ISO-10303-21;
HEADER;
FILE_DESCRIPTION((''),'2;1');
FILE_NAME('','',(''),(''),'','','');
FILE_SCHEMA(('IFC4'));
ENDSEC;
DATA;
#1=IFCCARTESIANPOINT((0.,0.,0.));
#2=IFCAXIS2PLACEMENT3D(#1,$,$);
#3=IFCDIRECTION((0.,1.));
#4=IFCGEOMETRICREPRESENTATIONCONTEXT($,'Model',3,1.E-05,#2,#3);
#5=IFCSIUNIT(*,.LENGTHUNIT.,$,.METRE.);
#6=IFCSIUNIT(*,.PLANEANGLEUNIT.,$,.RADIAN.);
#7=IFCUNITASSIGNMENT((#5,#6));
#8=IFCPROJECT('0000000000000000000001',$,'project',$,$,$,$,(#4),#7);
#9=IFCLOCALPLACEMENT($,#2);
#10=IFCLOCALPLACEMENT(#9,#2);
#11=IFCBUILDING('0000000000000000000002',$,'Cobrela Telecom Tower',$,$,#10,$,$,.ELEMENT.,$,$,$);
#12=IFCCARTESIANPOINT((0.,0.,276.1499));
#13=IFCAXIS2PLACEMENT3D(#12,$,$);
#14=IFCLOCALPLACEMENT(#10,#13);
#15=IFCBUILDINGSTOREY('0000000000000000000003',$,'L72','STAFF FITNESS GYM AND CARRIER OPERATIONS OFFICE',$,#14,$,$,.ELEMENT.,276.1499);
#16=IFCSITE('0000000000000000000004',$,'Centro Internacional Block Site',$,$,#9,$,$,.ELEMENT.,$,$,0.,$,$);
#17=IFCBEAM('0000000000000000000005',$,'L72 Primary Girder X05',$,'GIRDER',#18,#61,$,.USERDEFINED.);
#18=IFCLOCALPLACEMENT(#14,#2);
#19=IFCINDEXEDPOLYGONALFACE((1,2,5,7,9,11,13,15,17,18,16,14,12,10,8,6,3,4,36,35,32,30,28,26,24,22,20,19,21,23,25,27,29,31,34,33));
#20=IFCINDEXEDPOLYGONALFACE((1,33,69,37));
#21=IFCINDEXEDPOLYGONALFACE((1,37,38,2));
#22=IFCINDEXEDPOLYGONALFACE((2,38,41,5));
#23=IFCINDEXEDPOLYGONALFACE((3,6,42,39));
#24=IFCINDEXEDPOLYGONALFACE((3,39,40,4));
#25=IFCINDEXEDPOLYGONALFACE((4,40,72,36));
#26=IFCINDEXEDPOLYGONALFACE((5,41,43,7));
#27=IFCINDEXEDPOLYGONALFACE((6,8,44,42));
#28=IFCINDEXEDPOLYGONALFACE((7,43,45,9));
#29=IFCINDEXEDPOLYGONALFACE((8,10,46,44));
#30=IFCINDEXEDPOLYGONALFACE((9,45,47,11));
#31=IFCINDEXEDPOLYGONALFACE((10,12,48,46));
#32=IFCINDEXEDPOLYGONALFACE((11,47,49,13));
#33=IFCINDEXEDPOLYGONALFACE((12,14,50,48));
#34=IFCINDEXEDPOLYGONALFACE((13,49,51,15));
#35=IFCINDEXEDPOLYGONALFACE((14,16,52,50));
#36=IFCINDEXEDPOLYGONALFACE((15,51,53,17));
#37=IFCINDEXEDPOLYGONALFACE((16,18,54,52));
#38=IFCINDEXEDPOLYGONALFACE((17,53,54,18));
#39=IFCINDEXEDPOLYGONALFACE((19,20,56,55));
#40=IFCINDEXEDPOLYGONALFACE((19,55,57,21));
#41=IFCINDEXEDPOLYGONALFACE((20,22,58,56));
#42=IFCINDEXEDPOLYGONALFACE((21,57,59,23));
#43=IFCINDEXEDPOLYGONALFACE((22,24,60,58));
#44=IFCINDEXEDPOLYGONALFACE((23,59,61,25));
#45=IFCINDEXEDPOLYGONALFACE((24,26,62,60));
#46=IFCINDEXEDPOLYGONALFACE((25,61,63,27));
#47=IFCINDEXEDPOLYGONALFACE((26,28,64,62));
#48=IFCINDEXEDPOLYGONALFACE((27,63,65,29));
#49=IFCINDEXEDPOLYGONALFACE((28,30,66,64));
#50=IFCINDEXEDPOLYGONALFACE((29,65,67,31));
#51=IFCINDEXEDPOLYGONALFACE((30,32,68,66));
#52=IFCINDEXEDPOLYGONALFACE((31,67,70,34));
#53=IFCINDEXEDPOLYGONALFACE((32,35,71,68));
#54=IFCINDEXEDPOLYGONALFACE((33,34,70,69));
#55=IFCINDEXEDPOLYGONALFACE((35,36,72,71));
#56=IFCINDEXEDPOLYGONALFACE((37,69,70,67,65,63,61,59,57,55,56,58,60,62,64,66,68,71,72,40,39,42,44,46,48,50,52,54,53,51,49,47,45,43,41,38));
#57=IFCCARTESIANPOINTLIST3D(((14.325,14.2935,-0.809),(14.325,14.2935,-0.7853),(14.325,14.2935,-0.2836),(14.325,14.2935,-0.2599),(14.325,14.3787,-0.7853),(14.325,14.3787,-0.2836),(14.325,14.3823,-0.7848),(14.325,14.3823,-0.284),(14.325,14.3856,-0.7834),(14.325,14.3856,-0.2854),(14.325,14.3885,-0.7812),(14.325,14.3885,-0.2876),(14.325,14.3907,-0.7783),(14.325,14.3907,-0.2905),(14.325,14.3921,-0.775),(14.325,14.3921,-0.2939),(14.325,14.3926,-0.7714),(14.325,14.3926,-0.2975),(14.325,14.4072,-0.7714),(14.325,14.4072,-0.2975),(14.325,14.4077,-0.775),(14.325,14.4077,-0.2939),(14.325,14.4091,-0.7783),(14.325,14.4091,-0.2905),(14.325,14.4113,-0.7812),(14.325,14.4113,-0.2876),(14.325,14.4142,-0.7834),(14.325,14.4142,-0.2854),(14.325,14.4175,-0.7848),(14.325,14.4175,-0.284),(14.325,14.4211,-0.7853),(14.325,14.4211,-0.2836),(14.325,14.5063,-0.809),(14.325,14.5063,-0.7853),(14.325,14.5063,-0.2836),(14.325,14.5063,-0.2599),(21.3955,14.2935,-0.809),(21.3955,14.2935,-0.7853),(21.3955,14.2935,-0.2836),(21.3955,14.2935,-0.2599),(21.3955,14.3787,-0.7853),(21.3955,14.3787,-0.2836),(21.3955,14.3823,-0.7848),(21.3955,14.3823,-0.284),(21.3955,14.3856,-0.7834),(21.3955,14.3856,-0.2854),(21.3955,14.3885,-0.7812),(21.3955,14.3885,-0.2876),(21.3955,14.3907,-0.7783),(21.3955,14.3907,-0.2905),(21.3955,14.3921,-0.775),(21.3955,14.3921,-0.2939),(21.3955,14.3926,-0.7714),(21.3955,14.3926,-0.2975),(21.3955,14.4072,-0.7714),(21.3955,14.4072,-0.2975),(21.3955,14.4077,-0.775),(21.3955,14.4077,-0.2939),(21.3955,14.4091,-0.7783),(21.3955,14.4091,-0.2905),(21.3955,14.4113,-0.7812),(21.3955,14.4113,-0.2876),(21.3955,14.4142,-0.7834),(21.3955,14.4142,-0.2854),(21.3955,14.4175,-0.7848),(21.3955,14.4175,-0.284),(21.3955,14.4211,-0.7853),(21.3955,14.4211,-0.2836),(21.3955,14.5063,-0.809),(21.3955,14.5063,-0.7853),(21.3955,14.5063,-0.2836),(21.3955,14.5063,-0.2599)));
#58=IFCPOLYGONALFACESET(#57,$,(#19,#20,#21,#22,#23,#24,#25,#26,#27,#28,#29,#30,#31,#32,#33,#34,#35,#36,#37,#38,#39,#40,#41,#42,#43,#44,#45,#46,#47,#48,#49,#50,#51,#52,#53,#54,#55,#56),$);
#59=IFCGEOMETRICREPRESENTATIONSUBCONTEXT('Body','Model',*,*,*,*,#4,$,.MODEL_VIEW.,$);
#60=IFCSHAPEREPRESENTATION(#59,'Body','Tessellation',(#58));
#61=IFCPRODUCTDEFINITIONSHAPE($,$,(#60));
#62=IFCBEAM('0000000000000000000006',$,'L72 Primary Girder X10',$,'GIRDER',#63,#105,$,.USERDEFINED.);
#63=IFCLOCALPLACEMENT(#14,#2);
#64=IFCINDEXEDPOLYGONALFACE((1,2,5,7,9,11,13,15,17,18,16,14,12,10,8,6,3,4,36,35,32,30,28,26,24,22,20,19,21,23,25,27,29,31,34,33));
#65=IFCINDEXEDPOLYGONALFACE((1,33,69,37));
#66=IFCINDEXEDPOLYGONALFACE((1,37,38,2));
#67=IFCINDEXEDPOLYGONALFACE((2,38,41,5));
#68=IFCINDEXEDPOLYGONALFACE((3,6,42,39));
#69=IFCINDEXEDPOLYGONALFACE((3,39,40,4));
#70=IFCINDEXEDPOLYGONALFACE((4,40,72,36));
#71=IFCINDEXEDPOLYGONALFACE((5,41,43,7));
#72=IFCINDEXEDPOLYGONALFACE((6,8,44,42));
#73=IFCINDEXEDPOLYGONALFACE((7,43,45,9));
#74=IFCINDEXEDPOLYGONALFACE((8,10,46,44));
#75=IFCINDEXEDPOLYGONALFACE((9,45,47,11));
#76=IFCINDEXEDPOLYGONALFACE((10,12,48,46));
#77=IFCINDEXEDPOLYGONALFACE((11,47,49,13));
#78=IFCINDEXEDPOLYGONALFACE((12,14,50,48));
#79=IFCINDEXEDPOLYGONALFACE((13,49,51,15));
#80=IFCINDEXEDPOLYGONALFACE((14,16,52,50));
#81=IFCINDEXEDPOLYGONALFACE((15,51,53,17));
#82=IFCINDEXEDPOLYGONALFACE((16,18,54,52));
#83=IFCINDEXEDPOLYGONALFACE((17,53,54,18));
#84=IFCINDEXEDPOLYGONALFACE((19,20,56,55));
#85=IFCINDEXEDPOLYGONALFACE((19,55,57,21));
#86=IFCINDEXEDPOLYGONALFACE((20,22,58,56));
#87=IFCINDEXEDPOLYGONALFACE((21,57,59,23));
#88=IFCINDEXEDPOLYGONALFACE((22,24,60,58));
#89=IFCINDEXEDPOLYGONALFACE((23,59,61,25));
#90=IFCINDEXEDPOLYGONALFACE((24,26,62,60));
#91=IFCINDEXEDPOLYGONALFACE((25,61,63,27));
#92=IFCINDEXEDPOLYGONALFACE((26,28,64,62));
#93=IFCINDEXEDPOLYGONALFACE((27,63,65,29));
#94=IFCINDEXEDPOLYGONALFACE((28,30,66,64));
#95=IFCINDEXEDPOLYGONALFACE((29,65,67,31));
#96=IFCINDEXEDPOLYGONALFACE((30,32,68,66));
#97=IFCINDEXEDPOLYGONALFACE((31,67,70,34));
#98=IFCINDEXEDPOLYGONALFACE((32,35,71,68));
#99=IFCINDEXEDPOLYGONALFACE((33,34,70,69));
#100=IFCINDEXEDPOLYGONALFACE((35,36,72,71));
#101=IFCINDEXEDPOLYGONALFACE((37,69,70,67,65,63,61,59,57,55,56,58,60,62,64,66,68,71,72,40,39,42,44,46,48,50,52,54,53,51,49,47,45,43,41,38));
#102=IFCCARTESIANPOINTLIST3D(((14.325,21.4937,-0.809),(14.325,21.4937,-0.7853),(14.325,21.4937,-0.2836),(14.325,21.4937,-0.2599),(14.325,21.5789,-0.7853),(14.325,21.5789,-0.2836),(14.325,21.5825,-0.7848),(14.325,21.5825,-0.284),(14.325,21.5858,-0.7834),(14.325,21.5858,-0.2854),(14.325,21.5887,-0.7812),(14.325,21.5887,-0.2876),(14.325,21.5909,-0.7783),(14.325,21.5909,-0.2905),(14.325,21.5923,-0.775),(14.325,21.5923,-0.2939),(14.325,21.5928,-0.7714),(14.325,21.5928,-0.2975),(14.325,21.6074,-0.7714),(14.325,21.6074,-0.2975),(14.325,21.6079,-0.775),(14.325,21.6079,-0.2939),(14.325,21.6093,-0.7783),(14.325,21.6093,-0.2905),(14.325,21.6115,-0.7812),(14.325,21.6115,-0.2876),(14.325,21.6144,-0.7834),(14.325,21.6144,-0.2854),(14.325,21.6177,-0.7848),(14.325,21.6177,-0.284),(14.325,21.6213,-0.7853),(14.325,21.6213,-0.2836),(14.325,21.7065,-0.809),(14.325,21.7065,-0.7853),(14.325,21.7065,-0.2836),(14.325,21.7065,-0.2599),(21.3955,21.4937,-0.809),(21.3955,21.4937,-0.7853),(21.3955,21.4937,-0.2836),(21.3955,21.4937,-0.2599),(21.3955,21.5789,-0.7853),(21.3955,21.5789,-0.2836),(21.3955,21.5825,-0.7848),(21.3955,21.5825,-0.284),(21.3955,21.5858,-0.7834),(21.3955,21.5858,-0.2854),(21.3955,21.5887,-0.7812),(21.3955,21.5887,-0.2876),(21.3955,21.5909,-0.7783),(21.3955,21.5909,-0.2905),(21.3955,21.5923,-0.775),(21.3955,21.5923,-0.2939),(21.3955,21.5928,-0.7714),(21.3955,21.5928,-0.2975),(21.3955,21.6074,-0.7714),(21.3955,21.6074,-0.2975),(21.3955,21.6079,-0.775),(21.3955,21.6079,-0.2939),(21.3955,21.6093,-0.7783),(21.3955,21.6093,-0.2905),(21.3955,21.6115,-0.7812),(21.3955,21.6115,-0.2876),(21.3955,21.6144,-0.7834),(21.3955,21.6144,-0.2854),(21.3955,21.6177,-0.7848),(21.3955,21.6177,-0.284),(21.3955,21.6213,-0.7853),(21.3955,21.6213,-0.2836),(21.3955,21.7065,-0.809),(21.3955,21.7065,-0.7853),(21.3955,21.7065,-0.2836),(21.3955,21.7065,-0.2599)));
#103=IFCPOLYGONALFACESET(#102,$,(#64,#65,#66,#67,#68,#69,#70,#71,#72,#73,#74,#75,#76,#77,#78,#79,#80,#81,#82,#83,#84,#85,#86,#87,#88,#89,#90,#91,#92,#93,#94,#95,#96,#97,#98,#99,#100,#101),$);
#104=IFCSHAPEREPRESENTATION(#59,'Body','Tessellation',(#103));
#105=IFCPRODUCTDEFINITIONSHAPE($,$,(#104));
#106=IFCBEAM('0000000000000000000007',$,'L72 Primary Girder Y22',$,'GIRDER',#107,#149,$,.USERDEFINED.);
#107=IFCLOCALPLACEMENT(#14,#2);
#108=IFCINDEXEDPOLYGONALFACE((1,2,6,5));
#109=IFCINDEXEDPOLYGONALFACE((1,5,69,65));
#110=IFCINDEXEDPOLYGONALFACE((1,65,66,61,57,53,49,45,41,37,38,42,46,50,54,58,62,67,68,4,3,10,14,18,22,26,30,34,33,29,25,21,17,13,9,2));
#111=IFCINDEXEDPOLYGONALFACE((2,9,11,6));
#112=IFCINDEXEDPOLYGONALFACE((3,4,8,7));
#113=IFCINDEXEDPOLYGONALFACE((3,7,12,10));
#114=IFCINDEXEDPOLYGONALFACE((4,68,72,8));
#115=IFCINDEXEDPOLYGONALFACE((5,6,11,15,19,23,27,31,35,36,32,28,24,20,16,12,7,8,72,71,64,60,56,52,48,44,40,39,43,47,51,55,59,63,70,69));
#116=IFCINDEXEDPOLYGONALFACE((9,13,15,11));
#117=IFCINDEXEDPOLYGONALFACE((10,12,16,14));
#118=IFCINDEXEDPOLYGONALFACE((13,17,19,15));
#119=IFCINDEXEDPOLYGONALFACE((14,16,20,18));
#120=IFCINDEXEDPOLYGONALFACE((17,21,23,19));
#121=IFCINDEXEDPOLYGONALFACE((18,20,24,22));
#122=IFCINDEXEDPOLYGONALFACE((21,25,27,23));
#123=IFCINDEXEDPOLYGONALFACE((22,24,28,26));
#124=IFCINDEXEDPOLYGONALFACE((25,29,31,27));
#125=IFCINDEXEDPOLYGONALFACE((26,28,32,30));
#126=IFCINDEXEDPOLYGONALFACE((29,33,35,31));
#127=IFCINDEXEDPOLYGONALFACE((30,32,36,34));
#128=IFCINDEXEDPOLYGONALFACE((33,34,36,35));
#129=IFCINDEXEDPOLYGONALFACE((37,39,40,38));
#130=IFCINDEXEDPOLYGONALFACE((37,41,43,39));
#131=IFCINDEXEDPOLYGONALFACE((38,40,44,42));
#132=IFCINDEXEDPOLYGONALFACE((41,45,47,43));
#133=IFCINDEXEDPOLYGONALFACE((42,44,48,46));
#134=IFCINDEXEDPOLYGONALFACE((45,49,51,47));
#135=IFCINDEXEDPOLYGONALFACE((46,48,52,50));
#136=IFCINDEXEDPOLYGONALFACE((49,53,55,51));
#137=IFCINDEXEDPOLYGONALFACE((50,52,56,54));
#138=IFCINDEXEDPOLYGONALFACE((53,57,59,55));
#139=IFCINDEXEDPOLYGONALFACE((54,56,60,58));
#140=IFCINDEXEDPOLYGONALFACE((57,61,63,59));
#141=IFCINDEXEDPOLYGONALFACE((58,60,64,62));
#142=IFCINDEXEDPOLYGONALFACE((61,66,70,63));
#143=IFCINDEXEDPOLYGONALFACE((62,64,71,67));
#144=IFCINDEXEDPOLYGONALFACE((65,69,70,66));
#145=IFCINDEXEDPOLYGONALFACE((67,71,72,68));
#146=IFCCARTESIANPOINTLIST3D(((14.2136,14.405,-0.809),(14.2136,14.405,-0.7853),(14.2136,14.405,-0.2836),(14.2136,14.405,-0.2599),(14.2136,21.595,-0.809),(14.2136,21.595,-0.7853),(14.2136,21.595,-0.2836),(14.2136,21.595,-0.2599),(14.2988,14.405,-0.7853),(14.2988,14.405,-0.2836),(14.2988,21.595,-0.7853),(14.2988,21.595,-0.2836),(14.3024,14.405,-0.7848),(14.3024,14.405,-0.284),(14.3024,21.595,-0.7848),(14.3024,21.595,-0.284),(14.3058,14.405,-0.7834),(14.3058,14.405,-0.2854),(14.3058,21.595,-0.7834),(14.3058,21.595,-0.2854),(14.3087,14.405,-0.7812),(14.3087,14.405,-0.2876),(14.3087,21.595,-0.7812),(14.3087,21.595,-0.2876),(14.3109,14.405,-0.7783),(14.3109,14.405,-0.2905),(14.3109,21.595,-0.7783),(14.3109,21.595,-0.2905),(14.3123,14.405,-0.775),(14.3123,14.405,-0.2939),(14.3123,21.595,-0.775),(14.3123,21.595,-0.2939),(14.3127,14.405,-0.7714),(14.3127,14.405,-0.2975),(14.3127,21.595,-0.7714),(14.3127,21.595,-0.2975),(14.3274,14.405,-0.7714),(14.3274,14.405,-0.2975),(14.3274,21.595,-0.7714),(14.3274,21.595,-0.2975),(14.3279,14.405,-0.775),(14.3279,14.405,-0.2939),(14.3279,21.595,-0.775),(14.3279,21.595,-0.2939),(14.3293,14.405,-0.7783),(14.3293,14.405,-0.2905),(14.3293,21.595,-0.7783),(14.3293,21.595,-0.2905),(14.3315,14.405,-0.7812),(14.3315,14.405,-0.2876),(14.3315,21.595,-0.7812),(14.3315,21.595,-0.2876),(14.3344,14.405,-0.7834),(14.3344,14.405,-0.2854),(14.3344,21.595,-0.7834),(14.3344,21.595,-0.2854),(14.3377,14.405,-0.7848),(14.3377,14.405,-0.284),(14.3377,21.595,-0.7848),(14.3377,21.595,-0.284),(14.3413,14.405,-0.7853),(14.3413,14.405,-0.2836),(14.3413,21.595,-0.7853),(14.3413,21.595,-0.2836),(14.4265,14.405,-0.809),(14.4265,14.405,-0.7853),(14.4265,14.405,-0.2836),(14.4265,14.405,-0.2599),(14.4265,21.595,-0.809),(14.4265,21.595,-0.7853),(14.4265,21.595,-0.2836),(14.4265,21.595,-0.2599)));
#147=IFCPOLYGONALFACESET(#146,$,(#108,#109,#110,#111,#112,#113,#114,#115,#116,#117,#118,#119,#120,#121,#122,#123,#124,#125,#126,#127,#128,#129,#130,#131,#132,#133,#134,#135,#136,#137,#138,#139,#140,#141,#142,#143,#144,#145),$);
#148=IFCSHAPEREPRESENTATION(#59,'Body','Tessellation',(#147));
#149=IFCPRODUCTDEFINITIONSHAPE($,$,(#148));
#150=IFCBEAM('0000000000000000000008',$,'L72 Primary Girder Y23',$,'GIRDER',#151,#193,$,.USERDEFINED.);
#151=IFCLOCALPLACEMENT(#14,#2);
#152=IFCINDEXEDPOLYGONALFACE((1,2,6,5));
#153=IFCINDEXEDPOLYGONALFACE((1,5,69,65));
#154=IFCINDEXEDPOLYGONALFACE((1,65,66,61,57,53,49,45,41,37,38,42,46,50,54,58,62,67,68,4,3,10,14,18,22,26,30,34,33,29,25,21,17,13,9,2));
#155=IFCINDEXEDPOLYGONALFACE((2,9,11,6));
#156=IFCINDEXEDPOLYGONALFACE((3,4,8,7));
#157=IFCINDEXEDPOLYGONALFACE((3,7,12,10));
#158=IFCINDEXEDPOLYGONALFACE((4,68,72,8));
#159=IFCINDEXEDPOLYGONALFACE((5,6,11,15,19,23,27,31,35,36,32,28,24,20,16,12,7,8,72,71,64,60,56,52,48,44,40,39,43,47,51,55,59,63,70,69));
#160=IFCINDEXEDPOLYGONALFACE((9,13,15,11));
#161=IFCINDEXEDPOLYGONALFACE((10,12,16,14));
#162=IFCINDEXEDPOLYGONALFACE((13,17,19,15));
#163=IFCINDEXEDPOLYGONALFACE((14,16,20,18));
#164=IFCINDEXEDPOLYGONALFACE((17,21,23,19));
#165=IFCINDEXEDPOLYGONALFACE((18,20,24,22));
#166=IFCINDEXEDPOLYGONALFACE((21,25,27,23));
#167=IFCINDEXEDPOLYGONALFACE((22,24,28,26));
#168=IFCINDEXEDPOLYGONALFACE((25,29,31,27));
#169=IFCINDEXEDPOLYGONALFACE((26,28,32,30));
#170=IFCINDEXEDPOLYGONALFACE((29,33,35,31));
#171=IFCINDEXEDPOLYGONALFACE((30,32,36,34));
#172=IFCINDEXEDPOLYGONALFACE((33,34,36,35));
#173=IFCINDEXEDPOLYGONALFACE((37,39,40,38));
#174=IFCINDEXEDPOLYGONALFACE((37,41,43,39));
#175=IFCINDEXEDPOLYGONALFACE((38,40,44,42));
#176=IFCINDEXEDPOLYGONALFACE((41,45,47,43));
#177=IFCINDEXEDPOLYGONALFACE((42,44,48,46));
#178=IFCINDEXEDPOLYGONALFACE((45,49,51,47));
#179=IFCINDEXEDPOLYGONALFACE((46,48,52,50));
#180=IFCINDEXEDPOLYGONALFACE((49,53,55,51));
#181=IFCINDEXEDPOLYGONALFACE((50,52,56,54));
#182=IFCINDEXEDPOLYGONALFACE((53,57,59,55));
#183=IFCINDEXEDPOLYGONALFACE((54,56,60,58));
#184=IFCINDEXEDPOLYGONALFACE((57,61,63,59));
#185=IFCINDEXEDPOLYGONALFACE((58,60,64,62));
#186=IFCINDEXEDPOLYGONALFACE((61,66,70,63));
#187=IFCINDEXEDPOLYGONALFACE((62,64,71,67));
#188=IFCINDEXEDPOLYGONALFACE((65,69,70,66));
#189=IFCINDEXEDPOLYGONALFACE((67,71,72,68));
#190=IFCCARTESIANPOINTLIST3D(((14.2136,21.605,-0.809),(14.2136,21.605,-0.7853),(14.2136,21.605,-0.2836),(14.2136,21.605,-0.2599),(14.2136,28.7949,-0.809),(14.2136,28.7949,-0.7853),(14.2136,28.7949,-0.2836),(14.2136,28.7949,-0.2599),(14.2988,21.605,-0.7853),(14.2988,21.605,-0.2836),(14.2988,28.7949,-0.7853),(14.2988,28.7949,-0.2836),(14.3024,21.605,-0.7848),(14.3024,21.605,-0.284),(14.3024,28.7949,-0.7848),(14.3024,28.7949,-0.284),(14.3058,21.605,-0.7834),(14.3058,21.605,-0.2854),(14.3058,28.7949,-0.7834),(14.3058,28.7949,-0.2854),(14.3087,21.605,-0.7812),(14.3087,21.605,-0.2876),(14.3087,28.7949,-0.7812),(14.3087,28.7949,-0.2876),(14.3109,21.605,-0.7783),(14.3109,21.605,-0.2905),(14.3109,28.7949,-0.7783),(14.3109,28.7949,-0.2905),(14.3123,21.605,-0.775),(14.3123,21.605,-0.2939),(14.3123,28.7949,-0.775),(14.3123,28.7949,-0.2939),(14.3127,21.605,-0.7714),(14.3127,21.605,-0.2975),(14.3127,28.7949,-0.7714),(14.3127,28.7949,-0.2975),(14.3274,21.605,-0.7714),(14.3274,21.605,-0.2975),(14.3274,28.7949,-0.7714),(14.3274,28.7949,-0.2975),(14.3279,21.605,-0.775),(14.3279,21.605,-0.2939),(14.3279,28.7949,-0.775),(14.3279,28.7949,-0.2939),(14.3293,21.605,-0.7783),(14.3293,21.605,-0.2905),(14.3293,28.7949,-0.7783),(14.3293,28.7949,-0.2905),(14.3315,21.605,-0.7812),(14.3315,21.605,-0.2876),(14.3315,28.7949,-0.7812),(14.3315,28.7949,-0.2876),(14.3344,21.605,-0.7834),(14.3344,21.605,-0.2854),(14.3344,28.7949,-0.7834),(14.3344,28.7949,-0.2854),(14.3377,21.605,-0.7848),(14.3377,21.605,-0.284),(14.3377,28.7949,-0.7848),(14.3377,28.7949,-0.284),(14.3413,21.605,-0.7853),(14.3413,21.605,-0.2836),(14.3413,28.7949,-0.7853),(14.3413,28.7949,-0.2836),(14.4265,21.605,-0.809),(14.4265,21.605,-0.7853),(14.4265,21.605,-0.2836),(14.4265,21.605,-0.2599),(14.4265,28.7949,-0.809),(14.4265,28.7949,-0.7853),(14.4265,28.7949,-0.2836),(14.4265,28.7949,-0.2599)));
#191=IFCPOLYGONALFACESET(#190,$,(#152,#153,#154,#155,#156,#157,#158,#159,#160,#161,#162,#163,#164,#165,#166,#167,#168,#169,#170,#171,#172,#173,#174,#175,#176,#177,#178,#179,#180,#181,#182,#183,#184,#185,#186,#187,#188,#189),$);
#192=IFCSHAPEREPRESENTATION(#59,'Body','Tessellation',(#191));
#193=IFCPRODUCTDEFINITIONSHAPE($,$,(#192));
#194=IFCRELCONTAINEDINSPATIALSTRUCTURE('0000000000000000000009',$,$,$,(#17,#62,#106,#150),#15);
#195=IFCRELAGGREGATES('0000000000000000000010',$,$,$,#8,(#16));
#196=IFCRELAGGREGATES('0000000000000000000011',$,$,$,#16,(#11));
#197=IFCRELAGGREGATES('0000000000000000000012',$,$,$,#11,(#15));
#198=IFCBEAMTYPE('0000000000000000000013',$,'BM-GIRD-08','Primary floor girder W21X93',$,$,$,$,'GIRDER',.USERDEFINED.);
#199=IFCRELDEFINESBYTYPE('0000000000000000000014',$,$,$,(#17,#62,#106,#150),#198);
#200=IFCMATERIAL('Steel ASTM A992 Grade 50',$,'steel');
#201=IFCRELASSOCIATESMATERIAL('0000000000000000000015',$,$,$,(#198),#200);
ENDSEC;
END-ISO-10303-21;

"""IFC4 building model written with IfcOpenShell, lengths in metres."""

from ifc_helpers import new_model, si_unit, direction, frame, origin, origin_2d, place, context, subcontext, project, spatial, i_section, extrude, material, material_profile, profile_set, type_object, element, save


model = new_model("IFC4")

# Units and contexts
model_context = context("Model", 3, precision=1e-05, world=origin(), true_north=direction((0.0, 1.0)))
body_context = subcontext(model_context, "Body", "Model", "MODEL_VIEW")
ifc_project = project(units=[si_unit("LENGTHUNIT", "METRE"), si_unit("PLANEANGLEUNIT", "RADIAN")], contexts=[model_context])

# Site, building, storey
site_placement = place(None, origin())
site = spatial("IfcSite", under=ifc_project, at=site_placement, Name="Centro Internacional Block Site", CompositionType="ELEMENT", RefElevation=0.0)
building_placement = place(site_placement, origin())
building = spatial("IfcBuilding", under=site, at=building_placement, Name="Cobrela Telecom Tower", CompositionType="ELEMENT")
storey_placement = place(building_placement, frame((0.0, 0.0, 276.1499)))
storey = spatial("IfcBuildingStorey", under=building, at=storey_placement, Name="L72", Description="STAFF FITNESS GYM AND CARRIER OPERATIONS OFFICE", CompositionType="ELEMENT", Elevation=276.1499)

# Beams
ifc_material_1 = material(Name="Steel ASTM A992 Grade 50", Category="steel")
ifc_material_profile_1 = material_profile(ifc_material_1, i_section(OverallWidth=0.2129, OverallDepth=0.5491, WebThickness=0.0146, FlangeThickness=0.0237, FilletRadius=0.0139, at=origin_2d()), Name="W21X93")
ifc_profile_set_1 = profile_set([ifc_material_profile_1], Name="Steel ASTM A992 Grade 50")
beam_type_1 = type_object("IfcBeamType", Name="BM-GIRD-08", Description="Primary floor girder W21X93", ElementType="GIRDER", PredefinedType="USERDEFINED", material=ifc_profile_set_1)
for number, where, z_axis, x_axis, name in (
    (1, (14.325, 14.3999, -0.5344), (1.0, 0.0, 0.0), (0.0, 1.0, 0.0), "L72 Primary Girder X05"),
    (2, (14.325, 21.6001, -0.5344), (1.0, 0.0, 0.0), (0.0, 1.0, 0.0), "L72 Primary Girder X10"),
):
    element("IfcBeam", number, at=place(storey_placement, frame(where, z_axis=z_axis, x_axis=x_axis)), inside=storey, type_object=beam_type_1, Name=name, ObjectType="GIRDER", PredefinedType="USERDEFINED", context=body_context, shape_type="SweptSolid", body=[
        extrude(i_section(OverallWidth=0.2129, OverallDepth=0.5491, WebThickness=0.0146, FlangeThickness=0.0237, FilletRadius=0.0139, at=origin_2d()), origin(), (0.0, 0.0, 1.0), 7.0706),
    ])
for number, where, z_axis, x_axis, name in (
    (3, (14.3201, 14.405, -0.5344), (0.0, 1.0, 0.0), (-1.0, 0.0, 0.0), "L72 Primary Girder Y22"),
    (4, (14.3201, 21.605, -0.5344), (0.0, 1.0, 0.0), (-1.0, 0.0, 0.0), "L72 Primary Girder Y23"),
):
    element("IfcBeam", number, at=place(storey_placement, frame(where, z_axis=z_axis, x_axis=x_axis)), inside=storey, type_object=beam_type_1, Name=name, ObjectType="GIRDER", PredefinedType="USERDEFINED", context=body_context, shape_type="SweptSolid", body=[
        extrude(i_section(OverallWidth=0.2129, OverallDepth=0.5491, WebThickness=0.0146, FlangeThickness=0.0237, FilletRadius=0.0139, at=origin_2d()), origin(), (0.0, 0.0, 1.0), 7.1899),
    ])

save(model, "model.ifc")
